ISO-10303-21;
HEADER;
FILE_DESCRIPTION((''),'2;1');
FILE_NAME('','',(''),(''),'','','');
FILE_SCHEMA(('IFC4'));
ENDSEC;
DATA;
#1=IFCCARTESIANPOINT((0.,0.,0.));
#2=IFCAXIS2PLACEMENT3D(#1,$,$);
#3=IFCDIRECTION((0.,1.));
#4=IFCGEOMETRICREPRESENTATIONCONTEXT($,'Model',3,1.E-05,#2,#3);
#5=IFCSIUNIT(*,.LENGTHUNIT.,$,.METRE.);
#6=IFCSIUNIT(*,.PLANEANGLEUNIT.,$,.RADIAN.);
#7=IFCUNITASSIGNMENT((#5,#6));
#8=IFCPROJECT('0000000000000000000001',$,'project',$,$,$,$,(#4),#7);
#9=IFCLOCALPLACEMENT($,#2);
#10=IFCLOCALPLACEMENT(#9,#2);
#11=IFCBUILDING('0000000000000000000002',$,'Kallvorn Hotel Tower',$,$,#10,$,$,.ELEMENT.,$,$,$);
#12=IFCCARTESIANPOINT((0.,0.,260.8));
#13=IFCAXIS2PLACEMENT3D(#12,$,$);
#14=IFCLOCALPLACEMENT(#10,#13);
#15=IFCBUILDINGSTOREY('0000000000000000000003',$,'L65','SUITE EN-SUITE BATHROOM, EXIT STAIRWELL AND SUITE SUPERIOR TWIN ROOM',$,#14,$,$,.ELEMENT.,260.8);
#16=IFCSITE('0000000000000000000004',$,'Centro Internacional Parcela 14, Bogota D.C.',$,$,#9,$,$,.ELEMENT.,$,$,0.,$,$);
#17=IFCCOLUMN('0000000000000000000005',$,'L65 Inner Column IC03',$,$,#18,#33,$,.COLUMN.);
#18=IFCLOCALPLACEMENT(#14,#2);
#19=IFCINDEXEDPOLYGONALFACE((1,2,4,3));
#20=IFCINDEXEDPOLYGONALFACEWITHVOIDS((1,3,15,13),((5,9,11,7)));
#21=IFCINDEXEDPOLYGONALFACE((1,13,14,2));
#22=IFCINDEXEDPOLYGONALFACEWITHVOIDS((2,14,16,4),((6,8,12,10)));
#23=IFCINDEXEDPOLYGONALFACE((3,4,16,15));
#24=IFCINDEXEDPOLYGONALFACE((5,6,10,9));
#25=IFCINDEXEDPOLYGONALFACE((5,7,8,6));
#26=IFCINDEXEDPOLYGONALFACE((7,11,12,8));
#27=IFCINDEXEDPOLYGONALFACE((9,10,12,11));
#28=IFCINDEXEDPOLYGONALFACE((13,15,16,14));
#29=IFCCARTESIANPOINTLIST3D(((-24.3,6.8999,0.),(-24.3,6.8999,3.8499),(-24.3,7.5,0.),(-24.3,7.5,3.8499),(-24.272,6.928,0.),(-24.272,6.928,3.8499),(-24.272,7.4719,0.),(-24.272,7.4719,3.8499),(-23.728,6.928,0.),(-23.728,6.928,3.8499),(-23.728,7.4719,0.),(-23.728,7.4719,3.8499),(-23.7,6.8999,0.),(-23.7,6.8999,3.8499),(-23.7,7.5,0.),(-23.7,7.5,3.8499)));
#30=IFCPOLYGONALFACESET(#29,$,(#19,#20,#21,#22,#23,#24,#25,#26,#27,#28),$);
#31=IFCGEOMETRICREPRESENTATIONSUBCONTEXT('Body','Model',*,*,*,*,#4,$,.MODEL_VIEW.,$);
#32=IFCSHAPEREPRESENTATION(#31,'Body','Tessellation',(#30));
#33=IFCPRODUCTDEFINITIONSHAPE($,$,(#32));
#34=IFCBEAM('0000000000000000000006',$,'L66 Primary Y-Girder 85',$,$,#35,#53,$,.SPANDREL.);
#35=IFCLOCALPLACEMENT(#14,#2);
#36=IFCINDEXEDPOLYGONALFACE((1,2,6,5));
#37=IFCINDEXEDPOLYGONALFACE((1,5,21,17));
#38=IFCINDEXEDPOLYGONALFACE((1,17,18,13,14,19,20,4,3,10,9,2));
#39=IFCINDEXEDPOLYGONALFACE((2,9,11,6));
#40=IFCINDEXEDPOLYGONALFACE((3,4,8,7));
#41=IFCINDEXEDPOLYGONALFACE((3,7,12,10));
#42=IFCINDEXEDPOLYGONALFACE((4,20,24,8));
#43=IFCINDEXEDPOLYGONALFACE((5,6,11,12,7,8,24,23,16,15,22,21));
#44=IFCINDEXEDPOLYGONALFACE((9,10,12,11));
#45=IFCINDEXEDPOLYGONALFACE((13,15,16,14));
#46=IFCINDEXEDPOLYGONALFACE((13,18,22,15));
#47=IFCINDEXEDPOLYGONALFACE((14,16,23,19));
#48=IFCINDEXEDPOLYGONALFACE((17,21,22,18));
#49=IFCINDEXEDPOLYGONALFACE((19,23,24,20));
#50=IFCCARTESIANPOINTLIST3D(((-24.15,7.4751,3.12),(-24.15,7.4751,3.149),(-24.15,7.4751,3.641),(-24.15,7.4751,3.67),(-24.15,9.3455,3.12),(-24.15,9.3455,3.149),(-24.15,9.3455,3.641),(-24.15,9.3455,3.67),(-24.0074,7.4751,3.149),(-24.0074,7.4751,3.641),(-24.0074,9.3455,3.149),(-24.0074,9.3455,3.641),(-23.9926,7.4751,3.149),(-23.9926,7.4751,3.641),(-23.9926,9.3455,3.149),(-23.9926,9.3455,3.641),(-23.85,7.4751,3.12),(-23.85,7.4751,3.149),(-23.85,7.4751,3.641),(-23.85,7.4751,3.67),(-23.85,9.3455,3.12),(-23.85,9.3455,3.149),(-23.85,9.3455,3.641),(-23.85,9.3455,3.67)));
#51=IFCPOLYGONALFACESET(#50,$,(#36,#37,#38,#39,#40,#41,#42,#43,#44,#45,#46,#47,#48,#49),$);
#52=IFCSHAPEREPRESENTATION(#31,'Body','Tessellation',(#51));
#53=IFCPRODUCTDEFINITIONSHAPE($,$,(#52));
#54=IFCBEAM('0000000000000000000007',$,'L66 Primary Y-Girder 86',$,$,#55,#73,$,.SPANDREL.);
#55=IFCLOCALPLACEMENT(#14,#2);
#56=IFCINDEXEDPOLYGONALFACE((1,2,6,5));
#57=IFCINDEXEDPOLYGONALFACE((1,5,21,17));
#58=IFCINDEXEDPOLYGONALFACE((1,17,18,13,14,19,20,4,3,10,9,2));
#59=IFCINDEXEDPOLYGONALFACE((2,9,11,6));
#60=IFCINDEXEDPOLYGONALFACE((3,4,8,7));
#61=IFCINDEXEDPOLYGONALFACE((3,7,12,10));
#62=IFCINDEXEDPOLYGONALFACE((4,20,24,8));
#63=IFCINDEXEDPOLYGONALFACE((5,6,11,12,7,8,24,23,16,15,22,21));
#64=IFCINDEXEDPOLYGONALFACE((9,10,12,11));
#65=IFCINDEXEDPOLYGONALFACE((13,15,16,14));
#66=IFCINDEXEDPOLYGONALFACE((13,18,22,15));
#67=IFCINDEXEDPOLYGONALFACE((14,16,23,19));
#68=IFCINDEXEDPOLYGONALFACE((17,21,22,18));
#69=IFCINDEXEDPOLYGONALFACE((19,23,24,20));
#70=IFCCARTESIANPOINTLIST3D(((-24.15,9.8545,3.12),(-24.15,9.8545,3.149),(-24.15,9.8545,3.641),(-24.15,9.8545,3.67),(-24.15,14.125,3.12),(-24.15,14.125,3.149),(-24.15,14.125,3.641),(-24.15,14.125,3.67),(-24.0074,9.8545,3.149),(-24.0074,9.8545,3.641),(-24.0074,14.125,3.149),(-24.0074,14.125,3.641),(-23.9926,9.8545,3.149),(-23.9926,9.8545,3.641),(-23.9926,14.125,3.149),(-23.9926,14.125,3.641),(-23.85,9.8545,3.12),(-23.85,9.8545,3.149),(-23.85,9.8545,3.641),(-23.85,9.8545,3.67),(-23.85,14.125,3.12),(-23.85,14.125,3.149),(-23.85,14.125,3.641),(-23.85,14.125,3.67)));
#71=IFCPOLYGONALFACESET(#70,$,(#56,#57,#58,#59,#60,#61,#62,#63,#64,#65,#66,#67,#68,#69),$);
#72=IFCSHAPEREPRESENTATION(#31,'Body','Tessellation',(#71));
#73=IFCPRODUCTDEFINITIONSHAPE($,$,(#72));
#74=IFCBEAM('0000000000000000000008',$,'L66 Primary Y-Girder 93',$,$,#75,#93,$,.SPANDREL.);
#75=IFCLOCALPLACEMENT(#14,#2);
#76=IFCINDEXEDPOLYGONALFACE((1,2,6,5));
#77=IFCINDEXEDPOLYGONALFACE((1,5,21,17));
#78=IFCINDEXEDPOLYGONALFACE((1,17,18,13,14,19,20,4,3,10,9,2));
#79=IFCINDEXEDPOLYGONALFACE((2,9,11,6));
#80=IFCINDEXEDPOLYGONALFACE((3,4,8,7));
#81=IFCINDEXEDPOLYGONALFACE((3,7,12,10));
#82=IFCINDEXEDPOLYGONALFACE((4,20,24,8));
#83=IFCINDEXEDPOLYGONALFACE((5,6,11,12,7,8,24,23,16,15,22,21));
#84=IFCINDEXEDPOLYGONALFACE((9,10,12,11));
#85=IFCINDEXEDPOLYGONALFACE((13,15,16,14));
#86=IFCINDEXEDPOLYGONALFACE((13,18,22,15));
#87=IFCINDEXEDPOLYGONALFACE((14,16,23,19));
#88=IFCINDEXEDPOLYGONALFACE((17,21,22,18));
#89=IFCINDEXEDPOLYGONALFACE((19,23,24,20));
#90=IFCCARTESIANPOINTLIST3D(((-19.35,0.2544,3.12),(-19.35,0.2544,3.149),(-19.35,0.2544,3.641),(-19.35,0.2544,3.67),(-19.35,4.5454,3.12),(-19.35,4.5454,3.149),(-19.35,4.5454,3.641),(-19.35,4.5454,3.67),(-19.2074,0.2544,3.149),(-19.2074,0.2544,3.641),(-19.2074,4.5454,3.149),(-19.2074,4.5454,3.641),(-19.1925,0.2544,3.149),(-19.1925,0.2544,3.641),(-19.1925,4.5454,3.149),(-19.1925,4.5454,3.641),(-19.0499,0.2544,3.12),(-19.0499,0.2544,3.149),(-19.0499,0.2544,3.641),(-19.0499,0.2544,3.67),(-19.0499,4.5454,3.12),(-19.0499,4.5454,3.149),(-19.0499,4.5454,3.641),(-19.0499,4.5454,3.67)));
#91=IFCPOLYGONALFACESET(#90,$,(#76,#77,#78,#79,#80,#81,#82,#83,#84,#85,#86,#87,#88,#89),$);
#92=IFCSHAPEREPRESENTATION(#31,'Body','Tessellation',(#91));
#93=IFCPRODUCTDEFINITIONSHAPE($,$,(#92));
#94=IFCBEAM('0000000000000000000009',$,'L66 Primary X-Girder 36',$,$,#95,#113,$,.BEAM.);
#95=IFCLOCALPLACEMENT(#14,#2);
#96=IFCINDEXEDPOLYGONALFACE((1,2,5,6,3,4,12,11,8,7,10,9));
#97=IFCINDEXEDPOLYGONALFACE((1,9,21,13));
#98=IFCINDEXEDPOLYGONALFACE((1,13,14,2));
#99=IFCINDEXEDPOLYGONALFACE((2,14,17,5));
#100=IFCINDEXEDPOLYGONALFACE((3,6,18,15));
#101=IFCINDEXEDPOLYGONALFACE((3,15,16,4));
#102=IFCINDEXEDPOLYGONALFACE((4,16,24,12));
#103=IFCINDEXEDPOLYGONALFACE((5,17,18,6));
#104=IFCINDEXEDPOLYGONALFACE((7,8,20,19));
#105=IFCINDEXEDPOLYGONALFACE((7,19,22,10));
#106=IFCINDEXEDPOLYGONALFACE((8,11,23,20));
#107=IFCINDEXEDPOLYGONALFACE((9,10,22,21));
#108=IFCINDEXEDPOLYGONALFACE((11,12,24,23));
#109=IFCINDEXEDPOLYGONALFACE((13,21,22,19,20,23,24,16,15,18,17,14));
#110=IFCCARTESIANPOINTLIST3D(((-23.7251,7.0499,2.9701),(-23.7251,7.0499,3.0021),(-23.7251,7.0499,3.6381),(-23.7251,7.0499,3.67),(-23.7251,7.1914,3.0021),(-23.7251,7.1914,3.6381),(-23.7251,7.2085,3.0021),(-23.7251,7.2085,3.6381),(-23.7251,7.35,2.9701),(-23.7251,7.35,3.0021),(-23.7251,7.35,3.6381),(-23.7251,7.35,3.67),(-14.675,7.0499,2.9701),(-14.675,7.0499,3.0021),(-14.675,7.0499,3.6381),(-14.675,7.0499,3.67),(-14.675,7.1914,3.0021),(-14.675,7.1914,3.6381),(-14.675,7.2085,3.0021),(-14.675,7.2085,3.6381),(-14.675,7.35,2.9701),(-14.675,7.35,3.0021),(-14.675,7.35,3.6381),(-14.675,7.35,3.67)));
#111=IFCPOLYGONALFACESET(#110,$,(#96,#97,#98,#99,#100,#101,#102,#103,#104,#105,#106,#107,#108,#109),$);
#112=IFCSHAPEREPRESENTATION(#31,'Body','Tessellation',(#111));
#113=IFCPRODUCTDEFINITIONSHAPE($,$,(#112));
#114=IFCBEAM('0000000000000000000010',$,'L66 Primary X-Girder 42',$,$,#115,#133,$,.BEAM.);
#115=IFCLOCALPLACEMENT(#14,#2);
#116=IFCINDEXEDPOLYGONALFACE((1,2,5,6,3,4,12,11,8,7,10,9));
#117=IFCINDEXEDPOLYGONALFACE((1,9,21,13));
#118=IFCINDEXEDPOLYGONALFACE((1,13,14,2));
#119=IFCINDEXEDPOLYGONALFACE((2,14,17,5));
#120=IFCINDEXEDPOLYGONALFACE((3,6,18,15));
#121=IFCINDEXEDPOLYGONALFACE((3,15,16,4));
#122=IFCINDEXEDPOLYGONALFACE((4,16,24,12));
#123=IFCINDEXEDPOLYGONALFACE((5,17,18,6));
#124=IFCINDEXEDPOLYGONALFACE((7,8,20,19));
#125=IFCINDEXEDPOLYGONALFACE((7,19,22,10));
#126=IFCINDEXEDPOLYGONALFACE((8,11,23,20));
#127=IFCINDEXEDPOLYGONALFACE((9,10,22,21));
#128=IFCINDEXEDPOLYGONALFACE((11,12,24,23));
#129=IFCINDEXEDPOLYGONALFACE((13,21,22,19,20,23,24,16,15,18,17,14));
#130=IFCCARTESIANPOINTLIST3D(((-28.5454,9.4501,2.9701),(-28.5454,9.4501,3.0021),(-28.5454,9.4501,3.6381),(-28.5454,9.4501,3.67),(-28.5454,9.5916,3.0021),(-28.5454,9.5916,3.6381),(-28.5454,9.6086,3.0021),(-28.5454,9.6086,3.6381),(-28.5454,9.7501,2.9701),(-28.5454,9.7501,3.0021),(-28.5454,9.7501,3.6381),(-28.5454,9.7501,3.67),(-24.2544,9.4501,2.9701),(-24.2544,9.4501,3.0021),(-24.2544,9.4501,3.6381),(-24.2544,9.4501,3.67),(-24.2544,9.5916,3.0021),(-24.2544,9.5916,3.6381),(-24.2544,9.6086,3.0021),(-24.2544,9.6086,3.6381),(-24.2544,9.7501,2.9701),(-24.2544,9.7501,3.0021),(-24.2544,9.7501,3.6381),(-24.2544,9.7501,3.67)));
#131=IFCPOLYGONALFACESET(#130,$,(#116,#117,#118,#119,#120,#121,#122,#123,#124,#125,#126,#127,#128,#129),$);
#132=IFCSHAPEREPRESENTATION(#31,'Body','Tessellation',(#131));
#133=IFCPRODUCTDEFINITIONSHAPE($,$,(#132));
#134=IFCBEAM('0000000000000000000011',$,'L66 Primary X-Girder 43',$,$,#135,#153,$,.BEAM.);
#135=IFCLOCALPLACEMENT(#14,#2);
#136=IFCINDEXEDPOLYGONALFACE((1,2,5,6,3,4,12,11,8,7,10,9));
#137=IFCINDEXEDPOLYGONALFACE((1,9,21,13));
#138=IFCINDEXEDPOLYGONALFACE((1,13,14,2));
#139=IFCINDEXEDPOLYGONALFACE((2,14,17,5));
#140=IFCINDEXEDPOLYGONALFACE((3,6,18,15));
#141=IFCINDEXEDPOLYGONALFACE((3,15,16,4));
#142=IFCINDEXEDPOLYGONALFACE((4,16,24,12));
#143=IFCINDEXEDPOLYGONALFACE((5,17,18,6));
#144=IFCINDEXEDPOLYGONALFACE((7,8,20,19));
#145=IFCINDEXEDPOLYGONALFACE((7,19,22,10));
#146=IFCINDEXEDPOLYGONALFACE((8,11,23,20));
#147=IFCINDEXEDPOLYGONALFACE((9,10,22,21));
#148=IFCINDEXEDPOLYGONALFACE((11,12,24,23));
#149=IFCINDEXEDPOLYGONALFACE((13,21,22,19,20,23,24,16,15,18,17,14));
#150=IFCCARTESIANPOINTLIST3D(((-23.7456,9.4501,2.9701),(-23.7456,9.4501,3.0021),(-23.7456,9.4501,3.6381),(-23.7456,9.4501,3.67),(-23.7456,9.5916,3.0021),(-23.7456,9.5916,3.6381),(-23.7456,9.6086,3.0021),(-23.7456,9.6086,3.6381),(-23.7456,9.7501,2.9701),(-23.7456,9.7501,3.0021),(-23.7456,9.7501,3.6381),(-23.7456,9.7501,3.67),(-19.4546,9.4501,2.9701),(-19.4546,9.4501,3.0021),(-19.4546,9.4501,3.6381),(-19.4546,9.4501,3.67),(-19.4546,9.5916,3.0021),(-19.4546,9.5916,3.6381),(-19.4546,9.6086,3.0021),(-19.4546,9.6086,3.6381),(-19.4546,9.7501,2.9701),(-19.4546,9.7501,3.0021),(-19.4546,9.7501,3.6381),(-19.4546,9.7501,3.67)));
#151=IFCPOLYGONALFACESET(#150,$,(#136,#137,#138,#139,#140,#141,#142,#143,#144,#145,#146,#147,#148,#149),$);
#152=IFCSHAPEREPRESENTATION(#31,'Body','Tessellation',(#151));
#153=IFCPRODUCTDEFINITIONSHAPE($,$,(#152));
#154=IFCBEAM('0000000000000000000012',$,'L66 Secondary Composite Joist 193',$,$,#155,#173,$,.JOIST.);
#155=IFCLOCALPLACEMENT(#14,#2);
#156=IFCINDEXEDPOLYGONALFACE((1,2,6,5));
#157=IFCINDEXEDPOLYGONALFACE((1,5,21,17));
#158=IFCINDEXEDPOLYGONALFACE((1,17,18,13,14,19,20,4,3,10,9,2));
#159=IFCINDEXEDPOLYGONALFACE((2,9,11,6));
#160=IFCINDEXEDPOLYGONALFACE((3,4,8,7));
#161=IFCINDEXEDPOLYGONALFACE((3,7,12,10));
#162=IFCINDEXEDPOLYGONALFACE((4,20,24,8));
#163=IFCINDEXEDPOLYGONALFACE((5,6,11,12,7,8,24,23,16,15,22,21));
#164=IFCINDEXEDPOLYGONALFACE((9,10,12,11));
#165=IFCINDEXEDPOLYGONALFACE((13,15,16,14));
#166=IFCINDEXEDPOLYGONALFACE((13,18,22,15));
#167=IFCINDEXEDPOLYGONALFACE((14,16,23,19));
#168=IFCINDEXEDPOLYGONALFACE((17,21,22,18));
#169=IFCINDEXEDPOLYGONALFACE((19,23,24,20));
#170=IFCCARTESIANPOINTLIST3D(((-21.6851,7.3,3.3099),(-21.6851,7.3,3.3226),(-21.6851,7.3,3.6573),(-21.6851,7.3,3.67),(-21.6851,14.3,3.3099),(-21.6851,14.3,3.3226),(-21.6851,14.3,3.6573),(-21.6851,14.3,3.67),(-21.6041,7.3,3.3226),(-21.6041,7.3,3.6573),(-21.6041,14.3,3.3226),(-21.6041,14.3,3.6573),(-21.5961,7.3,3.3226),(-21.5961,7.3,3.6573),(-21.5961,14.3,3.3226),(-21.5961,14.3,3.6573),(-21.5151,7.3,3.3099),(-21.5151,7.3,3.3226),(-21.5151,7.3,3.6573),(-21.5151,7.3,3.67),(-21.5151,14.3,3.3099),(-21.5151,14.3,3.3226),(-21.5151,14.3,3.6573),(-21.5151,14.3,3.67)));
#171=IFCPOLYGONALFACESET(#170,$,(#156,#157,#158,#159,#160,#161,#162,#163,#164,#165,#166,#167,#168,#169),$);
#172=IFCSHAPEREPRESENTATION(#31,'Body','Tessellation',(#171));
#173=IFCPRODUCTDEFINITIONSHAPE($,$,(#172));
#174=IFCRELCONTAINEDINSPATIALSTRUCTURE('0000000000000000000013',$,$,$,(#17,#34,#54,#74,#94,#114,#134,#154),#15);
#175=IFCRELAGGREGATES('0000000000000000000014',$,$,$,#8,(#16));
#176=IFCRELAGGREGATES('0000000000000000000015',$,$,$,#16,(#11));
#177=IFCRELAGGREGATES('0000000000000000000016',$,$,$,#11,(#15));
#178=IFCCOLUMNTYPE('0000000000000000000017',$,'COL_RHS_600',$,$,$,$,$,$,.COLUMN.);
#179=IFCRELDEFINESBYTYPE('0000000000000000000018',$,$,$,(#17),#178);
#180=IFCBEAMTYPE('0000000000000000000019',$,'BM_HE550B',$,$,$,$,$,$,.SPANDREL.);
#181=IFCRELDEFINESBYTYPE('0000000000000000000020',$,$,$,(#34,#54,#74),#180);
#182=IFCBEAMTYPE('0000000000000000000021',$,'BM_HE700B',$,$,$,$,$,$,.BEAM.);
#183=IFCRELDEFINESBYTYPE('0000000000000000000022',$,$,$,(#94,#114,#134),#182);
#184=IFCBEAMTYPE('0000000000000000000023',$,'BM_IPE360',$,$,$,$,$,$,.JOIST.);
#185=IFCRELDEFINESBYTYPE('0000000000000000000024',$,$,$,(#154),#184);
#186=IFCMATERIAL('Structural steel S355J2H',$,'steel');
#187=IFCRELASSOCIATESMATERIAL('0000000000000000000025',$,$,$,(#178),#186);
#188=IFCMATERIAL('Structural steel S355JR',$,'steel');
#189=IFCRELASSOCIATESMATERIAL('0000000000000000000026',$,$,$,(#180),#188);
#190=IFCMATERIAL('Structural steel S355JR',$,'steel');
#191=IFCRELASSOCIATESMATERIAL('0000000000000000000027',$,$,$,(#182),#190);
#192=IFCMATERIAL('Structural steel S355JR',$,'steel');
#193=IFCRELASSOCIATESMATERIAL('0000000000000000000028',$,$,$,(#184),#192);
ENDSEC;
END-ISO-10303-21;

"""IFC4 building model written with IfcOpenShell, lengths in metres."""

from ifc_helpers import new_model, si_unit, direction, frame, origin, origin_2d, place, context, subcontext, project, spatial, hollow_rectangle, i_section, extrude, material, material_profile, profile_set, type_object, element, save


model = new_model("IFC4")

# Units and contexts
model_context = context("Model", 3, precision=1e-05, world=origin(), true_north=direction((0.0, 1.0)))
body_context = subcontext(model_context, "Body", "Model", "MODEL_VIEW")
ifc_project = project(units=[si_unit("LENGTHUNIT", "METRE"), si_unit("PLANEANGLEUNIT", "RADIAN")], contexts=[model_context])

# Site, building, storey
site_placement = place(None, origin())
site = spatial("IfcSite", under=ifc_project, at=site_placement, Name="Centro Internacional Parcela 14, Bogota D.C.", CompositionType="ELEMENT", RefElevation=0.0)
building_placement = place(site_placement, origin())
building = spatial("IfcBuilding", under=site, at=building_placement, Name="Kallvorn Hotel Tower", CompositionType="ELEMENT")
storey_placement = place(building_placement, frame((0.0, 0.0, 260.8)))
storey = spatial("IfcBuildingStorey", under=building, at=storey_placement, Name="L65", Description="SUITE EN-SUITE BATHROOM, EXIT STAIRWELL AND SUITE SUPERIOR TWIN ROOM", CompositionType="ELEMENT", Elevation=260.8)

# Column
ifc_material_1 = material(Name="Structural steel S355J2H", Category="steel")
ifc_material_profile_1 = material_profile(ifc_material_1, hollow_rectangle(XDim=0.6001, YDim=0.6001, WallThickness=0.0281, at=origin_2d()), Name="RHS 600x600x28")
ifc_profile_set_1 = profile_set([ifc_material_profile_1], Name="Structural steel S355J2H")
column_type_1 = type_object("IfcColumnType", Name="COL_RHS_600", PredefinedType="COLUMN", material=ifc_profile_set_1)
column_placement = place(storey_placement, frame((-24.0, 7.2, 0.0), z_axis=(0.0, 0.0, 1.0), x_axis=(1.0, 0.0, 0.0)))
element("IfcColumn", 1, at=column_placement, inside=storey, type_object=column_type_1, Name="L65 Inner Column IC03", PredefinedType="COLUMN", context=body_context, shape_type="SweptSolid", body=[
    extrude(hollow_rectangle(XDim=0.6001, YDim=0.6001, WallThickness=0.0281, at=origin_2d()), origin(), (0.0, 0.0, 1.0), 3.8499),
])

# Beams
ifc_material_2 = material(Name="Structural steel S355JR", Category="steel")
ifc_material_profile_2 = material_profile(ifc_material_2, i_section(OverallWidth=0.3, OverallDepth=0.55, WebThickness=0.0149, FlangeThickness=0.0291, at=origin_2d()), Name="HE 550 B")
ifc_profile_set_2 = profile_set([ifc_material_profile_2], Name="Structural steel S355JR")
beam_type_1 = type_object("IfcBeamType", Name="BM_HE550B", PredefinedType="SPANDREL", material=ifc_profile_set_2)
beam_1_placement = place(storey_placement, frame((-24.0, 7.4751, 3.395), z_axis=(0.0, 1.0, 0.0), x_axis=(-1.0, 0.0, 0.0)))
element("IfcBeam", 2, at=beam_1_placement, inside=storey, type_object=beam_type_1, Name="L66 Primary Y-Girder 85", PredefinedType="SPANDREL", context=body_context, shape_type="SweptSolid", body=[
    extrude(i_section(OverallWidth=0.3, OverallDepth=0.55, WebThickness=0.0149, FlangeThickness=0.0291, at=origin_2d()), origin(), (0.0, 0.0, 1.0), 1.8704),
])
beam_2_placement = place(storey_placement, frame((-24.0, 9.8545, 3.395), z_axis=(0.0, 1.0, 0.0), x_axis=(-1.0, 0.0, 0.0)))
element("IfcBeam", 3, at=beam_2_placement, inside=storey, type_object=beam_type_1, Name="L66 Primary Y-Girder 86", PredefinedType="SPANDREL", context=body_context, shape_type="SweptSolid", body=[
    extrude(i_section(OverallWidth=0.3, OverallDepth=0.55, WebThickness=0.0149, FlangeThickness=0.0291, at=origin_2d()), origin(), (0.0, 0.0, 1.0), 4.2705),
])
beam_3_placement = place(storey_placement, frame((-19.2, 0.2544, 3.395), z_axis=(0.0, 1.0, 0.0), x_axis=(-1.0, 0.0, 0.0)))
element("IfcBeam", 4, at=beam_3_placement, inside=storey, type_object=beam_type_1, Name="L66 Primary Y-Girder 93", PredefinedType="SPANDREL", context=body_context, shape_type="SweptSolid", body=[
    extrude(i_section(OverallWidth=0.3, OverallDepth=0.55, WebThickness=0.0149, FlangeThickness=0.0291, at=origin_2d()), origin(), (0.0, 0.0, 1.0), 4.291),
])
ifc_material_3 = material(Name="Structural steel S355JR", Category="steel")
ifc_material_profile_3 = material_profile(ifc_material_3, i_section(OverallWidth=0.3, OverallDepth=0.7, WebThickness=0.0171, FlangeThickness=0.032, at=origin_2d()), Name="HE 700 B")
ifc_profile_set_3 = profile_set([ifc_material_profile_3], Name="Structural steel S355JR")
beam_type_2 = type_object("IfcBeamType", Name="BM_HE700B", PredefinedType="BEAM", material=ifc_profile_set_3)
beam_4_placement = place(storey_placement, frame((-23.7251, 7.2, 3.3201), z_axis=(1.0, 0.0, 0.0), x_axis=(0.0, 1.0, 0.0)))
element("IfcBeam", 5, at=beam_4_placement, inside=storey, type_object=beam_type_2, Name="L66 Primary X-Girder 36", PredefinedType="BEAM", context=body_context, shape_type="SweptSolid", body=[
    extrude(i_section(OverallWidth=0.3, OverallDepth=0.7, WebThickness=0.0171, FlangeThickness=0.032, at=origin_2d()), origin(), (0.0, 0.0, 1.0), 9.05),
])
for number, where, z_axis, x_axis, name in (
    (6, (-28.5454, 9.6001, 3.3201), (1.0, 0.0, 0.0), (0.0, 1.0, 0.0), "L66 Primary X-Girder 42"),
    (7, (-23.7456, 9.6001, 3.3201), (1.0, 0.0, 0.0), (0.0, 1.0, 0.0), "L66 Primary X-Girder 43"),
):
    element("IfcBeam", number, at=place(storey_placement, frame(where, z_axis=z_axis, x_axis=x_axis)), inside=storey, type_object=beam_type_2, Name=name, PredefinedType="BEAM", context=body_context, shape_type="SweptSolid", body=[
        extrude(i_section(OverallWidth=0.3, OverallDepth=0.7, WebThickness=0.0171, FlangeThickness=0.032, at=origin_2d()), origin(), (0.0, 0.0, 1.0), 4.291),
    ])
ifc_material_4 = material(Name="Structural steel S355JR", Category="steel")
ifc_material_profile_4 = material_profile(ifc_material_4, i_section(OverallWidth=0.1699, OverallDepth=0.3601, WebThickness=0.0081, FlangeThickness=0.0127, at=origin_2d()), Name="IPE 360")
ifc_profile_set_4 = profile_set([ifc_material_profile_4], Name="Structural steel S355JR")
beam_type_3 = type_object("IfcBeamType", Name="BM_IPE360", PredefinedType="JOIST", material=ifc_profile_set_4)
beam_5_placement = place(storey_placement, frame((-21.6001, 7.3, 3.49), z_axis=(0.0, 1.0, 0.0), x_axis=(-1.0, 0.0, 0.0)))
element("IfcBeam", 8, at=beam_5_placement, inside=storey, type_object=beam_type_3, Name="L66 Secondary Composite Joist 193", PredefinedType="JOIST", context=body_context, shape_type="SweptSolid", body=[
    extrude(i_section(OverallWidth=0.1699, OverallDepth=0.3601, WebThickness=0.0081, FlangeThickness=0.0127, at=origin_2d()), origin(), (0.0, 0.0, 1.0), 7.0),
])

save(model, "model.ifc")
